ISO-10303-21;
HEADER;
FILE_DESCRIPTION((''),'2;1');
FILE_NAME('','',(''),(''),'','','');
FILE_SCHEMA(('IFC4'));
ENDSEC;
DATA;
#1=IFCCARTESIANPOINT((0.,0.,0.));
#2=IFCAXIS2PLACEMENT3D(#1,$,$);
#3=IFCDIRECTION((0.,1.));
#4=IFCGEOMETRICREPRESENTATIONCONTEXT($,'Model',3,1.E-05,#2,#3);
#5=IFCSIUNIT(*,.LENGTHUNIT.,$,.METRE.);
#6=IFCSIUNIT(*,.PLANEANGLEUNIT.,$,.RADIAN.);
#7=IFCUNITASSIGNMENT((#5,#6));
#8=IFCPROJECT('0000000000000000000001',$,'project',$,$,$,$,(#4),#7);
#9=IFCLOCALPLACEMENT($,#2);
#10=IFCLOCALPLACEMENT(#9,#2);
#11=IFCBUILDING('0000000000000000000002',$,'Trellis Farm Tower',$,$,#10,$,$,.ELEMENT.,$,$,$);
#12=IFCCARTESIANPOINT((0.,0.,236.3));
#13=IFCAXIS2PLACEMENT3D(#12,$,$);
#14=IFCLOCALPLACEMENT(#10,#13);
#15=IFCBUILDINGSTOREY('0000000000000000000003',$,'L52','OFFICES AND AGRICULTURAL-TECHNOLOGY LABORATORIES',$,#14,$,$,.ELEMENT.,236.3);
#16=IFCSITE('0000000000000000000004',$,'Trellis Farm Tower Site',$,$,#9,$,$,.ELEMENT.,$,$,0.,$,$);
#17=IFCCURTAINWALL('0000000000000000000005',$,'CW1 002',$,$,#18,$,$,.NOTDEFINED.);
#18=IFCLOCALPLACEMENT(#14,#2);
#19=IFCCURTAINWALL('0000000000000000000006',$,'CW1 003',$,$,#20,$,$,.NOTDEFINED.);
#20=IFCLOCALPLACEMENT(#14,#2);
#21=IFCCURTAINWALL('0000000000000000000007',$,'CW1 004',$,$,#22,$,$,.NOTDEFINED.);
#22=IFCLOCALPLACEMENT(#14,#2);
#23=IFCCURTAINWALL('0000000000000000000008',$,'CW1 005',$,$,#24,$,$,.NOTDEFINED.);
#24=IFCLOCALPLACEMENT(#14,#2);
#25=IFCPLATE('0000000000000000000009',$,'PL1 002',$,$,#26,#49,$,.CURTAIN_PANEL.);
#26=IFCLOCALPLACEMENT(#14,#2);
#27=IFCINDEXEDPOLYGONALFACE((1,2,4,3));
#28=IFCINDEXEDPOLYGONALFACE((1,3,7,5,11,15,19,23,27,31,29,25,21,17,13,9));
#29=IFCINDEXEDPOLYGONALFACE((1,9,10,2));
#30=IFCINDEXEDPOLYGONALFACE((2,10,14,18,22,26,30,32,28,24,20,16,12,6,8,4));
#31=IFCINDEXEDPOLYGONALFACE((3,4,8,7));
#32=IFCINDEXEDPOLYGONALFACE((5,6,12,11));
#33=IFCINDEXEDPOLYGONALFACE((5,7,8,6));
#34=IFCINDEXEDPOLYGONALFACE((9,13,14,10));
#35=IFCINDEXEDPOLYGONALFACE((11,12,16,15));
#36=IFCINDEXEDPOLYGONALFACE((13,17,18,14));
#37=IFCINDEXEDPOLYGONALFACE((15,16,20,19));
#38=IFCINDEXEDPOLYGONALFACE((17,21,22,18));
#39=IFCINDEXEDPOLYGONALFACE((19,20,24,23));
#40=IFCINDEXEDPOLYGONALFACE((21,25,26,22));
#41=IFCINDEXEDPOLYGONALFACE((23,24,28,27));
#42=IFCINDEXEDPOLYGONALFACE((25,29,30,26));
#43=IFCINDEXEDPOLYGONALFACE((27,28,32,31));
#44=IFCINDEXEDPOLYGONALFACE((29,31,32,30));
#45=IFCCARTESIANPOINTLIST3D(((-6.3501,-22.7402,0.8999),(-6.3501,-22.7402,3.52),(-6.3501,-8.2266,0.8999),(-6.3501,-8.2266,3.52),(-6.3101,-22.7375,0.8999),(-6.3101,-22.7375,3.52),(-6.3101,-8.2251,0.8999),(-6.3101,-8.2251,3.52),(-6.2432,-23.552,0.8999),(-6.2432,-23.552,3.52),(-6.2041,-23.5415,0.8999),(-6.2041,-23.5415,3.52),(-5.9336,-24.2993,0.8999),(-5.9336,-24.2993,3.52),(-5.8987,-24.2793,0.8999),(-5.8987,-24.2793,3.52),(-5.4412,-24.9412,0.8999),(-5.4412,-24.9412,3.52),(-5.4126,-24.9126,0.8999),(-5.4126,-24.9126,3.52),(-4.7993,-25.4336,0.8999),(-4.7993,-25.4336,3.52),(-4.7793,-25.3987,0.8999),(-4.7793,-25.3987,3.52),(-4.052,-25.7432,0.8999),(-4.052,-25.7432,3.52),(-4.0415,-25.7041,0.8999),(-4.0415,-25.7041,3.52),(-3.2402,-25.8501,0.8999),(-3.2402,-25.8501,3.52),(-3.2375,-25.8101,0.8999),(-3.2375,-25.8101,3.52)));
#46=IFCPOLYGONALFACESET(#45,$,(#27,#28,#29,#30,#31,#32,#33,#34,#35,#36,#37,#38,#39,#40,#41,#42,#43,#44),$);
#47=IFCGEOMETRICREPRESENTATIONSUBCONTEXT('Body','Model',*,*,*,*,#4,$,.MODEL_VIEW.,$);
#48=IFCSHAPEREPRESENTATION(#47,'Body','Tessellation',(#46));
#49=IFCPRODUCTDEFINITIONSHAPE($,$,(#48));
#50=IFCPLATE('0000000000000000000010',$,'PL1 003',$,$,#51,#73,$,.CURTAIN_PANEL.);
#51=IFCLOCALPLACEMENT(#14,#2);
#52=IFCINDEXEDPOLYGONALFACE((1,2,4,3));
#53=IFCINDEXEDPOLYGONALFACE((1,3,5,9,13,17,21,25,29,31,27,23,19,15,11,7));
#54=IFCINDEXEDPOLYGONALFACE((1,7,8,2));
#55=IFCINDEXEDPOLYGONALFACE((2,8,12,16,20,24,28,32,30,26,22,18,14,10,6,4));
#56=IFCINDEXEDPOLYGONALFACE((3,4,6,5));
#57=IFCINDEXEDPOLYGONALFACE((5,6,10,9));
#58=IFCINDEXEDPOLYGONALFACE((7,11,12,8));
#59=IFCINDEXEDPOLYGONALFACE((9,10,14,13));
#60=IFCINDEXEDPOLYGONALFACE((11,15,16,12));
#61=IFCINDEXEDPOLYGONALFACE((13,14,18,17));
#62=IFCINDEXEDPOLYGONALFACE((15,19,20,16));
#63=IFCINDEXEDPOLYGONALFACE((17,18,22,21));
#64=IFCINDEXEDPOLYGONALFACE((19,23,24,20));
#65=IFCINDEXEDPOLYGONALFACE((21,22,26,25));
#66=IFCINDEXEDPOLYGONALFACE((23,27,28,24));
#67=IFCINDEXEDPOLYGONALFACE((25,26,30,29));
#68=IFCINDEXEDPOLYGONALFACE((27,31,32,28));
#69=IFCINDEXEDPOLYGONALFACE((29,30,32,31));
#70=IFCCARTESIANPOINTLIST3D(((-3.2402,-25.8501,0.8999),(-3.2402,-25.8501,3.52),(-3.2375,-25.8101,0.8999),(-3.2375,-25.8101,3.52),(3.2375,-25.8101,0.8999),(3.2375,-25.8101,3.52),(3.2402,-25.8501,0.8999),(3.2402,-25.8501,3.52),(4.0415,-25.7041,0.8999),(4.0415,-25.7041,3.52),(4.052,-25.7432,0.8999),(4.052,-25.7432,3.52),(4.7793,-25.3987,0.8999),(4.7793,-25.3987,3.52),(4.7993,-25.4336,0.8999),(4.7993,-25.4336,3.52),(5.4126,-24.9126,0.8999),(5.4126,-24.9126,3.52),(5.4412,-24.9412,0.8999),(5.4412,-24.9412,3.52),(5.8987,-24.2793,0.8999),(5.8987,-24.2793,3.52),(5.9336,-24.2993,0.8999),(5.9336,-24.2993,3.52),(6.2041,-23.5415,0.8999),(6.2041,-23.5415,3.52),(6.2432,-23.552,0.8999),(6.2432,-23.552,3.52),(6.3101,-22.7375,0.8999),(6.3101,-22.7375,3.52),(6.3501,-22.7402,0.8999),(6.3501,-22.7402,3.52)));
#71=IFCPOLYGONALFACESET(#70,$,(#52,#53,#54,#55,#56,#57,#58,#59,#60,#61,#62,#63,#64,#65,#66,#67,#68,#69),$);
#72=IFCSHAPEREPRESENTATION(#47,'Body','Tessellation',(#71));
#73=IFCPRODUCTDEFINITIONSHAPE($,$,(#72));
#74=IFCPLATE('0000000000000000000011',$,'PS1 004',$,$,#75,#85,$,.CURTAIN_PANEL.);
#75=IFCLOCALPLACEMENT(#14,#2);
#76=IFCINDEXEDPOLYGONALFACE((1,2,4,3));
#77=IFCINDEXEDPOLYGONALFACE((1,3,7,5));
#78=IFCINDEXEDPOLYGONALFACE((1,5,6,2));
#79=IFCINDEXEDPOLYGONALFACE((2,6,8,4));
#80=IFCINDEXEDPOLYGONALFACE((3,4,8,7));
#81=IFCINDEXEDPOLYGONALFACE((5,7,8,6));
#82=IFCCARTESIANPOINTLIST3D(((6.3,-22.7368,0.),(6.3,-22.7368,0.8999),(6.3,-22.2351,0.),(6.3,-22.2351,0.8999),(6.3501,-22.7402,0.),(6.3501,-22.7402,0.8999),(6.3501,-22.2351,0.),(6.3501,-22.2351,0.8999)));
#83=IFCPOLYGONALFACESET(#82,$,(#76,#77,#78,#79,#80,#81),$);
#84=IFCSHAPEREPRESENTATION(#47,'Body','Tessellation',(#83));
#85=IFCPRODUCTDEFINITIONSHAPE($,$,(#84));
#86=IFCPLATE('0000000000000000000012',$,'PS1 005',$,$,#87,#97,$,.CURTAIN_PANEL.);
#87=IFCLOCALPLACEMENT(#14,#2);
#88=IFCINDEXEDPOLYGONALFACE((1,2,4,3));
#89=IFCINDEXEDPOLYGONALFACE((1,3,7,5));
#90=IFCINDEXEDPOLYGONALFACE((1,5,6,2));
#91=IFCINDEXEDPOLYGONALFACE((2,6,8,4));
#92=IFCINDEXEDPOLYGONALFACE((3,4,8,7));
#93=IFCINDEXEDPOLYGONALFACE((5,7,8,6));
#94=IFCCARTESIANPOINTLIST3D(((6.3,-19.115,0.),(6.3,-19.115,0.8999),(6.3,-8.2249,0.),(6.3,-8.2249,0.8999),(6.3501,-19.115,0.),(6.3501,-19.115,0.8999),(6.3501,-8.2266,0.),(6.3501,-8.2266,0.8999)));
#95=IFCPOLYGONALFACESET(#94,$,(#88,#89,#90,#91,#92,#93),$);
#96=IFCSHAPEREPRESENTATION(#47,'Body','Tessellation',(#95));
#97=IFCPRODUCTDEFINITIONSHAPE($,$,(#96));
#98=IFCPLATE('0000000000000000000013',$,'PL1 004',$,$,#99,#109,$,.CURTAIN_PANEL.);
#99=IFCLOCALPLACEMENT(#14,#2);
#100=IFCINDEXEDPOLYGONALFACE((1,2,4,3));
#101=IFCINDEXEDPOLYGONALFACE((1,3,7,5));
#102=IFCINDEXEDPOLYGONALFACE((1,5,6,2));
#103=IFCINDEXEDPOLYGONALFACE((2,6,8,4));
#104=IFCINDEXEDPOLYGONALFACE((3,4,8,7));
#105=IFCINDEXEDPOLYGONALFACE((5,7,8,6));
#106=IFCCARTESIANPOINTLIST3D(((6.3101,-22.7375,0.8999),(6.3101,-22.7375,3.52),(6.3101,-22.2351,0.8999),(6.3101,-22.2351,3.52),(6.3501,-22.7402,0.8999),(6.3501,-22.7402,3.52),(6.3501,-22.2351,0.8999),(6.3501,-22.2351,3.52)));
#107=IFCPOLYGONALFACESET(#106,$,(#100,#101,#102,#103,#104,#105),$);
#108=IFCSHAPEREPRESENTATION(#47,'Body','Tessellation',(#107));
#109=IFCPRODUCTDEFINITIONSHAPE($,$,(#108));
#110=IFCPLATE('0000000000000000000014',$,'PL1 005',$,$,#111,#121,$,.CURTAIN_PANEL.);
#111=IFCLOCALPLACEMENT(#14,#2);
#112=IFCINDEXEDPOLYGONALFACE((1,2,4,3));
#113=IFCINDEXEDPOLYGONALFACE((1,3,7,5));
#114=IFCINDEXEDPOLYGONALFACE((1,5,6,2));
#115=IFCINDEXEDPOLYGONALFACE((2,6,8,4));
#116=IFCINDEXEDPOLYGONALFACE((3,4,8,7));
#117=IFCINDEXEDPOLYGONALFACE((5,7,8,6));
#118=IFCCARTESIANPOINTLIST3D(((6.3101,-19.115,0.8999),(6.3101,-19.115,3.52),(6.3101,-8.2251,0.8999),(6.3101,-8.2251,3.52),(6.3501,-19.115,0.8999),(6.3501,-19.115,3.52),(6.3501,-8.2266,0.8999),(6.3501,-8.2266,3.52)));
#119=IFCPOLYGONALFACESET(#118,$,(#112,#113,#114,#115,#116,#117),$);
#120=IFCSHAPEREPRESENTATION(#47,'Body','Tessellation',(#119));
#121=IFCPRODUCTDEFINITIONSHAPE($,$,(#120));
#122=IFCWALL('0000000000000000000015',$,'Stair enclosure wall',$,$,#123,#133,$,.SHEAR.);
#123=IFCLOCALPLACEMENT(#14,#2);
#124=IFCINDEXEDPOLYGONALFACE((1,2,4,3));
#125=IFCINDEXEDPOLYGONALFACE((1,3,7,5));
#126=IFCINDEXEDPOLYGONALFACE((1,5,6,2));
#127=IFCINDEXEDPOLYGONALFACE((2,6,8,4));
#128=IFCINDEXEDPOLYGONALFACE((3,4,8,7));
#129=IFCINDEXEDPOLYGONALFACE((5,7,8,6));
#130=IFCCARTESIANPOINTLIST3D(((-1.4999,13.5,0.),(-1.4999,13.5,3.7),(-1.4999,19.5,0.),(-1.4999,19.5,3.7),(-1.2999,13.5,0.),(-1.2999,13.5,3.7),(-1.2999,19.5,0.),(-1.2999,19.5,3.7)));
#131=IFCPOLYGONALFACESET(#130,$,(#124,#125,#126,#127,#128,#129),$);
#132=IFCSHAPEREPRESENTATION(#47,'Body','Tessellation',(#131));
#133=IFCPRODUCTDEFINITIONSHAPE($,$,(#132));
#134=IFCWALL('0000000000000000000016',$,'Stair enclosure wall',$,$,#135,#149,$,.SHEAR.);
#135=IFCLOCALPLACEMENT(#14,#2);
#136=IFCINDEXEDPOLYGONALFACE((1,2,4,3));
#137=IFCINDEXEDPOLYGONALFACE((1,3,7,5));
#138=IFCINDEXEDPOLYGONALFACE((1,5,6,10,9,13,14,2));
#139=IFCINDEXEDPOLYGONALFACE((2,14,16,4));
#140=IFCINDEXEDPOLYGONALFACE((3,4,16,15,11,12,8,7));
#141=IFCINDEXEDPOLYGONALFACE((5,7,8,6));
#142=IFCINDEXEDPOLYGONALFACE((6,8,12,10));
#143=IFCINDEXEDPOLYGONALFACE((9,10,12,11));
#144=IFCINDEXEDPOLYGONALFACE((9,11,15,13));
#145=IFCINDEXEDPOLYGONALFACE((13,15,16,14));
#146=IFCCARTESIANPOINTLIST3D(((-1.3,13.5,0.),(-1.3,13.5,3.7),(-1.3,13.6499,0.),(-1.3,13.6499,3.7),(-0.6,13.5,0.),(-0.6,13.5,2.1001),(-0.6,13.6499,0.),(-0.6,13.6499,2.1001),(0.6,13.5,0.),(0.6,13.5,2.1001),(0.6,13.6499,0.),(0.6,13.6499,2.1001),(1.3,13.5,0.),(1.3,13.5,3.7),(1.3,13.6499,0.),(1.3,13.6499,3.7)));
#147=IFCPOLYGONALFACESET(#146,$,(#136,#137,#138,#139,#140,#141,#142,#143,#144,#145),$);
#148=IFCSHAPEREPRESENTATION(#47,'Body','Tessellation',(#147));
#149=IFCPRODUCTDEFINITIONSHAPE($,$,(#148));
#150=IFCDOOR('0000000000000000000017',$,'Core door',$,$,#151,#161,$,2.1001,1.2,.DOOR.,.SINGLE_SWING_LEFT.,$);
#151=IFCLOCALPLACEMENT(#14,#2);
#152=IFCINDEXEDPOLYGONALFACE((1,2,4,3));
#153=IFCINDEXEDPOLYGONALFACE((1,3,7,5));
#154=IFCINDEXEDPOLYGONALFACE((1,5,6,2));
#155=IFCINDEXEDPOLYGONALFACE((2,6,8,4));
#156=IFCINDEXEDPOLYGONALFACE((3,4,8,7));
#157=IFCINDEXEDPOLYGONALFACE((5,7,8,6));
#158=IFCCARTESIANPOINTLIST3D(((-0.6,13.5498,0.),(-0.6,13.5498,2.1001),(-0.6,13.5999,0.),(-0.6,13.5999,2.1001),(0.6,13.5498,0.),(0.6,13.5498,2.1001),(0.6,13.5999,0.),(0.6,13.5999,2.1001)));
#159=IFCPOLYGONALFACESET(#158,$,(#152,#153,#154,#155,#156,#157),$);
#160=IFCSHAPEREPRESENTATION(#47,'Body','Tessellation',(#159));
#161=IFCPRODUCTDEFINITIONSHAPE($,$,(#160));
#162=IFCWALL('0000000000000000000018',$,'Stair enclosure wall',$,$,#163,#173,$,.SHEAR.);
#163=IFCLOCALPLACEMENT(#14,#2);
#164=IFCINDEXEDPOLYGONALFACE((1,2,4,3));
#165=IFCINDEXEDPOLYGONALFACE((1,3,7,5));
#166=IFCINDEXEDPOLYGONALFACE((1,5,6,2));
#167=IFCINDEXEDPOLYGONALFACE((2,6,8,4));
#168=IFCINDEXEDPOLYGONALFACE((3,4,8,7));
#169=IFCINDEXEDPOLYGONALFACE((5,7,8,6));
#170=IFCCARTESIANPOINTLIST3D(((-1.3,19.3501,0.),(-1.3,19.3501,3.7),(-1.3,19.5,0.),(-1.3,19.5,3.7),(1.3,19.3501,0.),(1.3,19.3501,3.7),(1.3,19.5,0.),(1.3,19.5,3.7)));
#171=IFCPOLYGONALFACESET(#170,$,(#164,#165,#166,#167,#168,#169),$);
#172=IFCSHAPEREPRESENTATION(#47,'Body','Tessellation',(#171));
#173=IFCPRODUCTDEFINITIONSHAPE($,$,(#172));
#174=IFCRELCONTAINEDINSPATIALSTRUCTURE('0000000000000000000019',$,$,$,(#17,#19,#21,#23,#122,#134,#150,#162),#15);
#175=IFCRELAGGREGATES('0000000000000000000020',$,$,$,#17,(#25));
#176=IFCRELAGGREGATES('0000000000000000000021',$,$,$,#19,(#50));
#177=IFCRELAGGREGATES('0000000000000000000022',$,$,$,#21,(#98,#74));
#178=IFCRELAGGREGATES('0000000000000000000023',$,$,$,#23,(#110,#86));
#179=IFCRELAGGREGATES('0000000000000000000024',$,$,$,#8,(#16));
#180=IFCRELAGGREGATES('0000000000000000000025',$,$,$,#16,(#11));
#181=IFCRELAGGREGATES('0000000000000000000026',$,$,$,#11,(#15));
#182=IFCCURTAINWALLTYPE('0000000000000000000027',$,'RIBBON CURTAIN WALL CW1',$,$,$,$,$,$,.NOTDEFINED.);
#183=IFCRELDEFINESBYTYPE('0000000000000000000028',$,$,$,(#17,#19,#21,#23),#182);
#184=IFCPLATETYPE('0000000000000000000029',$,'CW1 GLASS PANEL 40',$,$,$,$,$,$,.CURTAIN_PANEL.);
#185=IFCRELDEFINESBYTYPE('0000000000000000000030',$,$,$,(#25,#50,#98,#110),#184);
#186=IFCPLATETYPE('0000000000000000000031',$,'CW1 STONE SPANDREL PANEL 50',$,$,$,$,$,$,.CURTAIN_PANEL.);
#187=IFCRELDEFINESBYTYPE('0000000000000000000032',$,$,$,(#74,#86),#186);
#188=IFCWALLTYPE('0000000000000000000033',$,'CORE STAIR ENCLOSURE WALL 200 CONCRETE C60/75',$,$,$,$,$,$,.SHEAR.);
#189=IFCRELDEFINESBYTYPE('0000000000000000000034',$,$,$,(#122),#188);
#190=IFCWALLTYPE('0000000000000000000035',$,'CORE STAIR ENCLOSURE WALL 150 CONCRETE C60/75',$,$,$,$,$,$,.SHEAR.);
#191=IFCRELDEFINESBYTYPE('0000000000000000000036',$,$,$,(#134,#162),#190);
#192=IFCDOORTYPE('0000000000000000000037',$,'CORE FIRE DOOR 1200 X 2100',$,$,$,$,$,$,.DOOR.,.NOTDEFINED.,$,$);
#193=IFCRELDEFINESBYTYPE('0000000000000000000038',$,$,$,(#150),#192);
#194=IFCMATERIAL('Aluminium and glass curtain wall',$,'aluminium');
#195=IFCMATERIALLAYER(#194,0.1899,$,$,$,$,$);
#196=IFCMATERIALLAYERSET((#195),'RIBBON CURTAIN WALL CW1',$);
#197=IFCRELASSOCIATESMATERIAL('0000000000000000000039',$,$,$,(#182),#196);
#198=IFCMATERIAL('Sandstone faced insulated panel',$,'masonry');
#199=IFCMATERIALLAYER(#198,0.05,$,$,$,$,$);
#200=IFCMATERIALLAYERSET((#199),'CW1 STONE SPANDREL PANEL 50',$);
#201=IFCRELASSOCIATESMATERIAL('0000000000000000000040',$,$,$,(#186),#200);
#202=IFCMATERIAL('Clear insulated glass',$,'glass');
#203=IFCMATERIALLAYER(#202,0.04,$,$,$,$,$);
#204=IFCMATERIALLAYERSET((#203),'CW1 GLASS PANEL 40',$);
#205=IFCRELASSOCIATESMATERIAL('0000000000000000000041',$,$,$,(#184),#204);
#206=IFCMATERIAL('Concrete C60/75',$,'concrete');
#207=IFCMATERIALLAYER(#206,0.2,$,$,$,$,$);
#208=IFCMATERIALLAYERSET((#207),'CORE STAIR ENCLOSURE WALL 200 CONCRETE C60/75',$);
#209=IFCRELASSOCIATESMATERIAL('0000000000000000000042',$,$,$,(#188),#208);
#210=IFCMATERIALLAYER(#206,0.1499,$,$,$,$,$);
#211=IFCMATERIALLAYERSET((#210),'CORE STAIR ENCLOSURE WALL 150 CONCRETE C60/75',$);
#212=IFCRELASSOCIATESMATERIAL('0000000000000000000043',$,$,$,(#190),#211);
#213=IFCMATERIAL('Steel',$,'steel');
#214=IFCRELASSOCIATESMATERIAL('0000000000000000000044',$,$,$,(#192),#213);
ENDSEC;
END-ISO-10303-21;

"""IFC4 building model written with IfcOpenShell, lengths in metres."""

from ifc_helpers import new_model, si_unit, direction, frame, frame_2d, origin, place, context, subcontext, project, spatial, polyline, rectangle, outline, extrude, source, transform, mapped, material, layer, layer_set, type_object, element, fill, aggregate, save


model = new_model("IFC4")

# Units and contexts
model_context = context("Model", 3, precision=1e-05, world=origin(), true_north=direction((0.0, 1.0)))
body_context = subcontext(model_context, "Body", "Model", "MODEL_VIEW")
ifc_project = project(units=[si_unit("LENGTHUNIT", "METRE"), si_unit("PLANEANGLEUNIT", "RADIAN")], contexts=[model_context])

# Site, building, storey
site_placement = place(None, origin())
site = spatial("IfcSite", under=ifc_project, at=site_placement, Name="Trellis Farm Tower Site", CompositionType="ELEMENT", RefElevation=0.0)
building_placement = place(site_placement, origin())
building = spatial("IfcBuilding", under=site, at=building_placement, Name="Trellis Farm Tower", CompositionType="ELEMENT")
storey_placement = place(building_placement, frame((0.0, 0.0, 236.3)))
storey = spatial("IfcBuildingStorey", under=building, at=storey_placement, Name="L52", Description="OFFICES AND AGRICULTURAL-TECHNOLOGY LABORATORIES", CompositionType="ELEMENT", Elevation=236.3)

# Shared definitions
ifc_material_1 = material(Name="Concrete C60/75", Category="concrete")

# Curtain walls
ifc_material_2 = material(Name="Aluminium and glass curtain wall", Category="aluminium")
placement_1 = place(storey_placement, origin())
ifc_layer_1 = layer(ifc_material_2, 0.1899)
ifc_layer_set_1 = layer_set([ifc_layer_1], Name="RIBBON CURTAIN WALL CW1")
curtain_wall_type_1 = type_object("IfcCurtainWallType", Name="RIBBON CURTAIN WALL CW1", PredefinedType="NOTDEFINED", material=ifc_layer_set_1)
curtain_wall_1 = element("IfcCurtainWall", 1, at=placement_1, inside=storey, type_object=curtain_wall_type_1, Name="CW1 002", PredefinedType="NOTDEFINED")
curtain_wall_2 = element("IfcCurtainWall", 2, at=placement_1, inside=storey, type_object=curtain_wall_type_1, Name="CW1 003", PredefinedType="NOTDEFINED")
curtain_wall_3 = element("IfcCurtainWall", 3, at=placement_1, inside=storey, type_object=curtain_wall_type_1, Name="CW1 004", PredefinedType="NOTDEFINED")
curtain_wall_4 = element("IfcCurtainWall", 4, at=placement_1, inside=storey, type_object=curtain_wall_type_1, Name="CW1 005", PredefinedType="NOTDEFINED")

# Plates
ifc_material_3 = material(Name="Sandstone faced insulated panel", Category="masonry")
ifc_layer_2 = layer(ifc_material_3, 0.05)
ifc_layer_set_2 = layer_set([ifc_layer_2], Name="CW1 STONE SPANDREL PANEL 50")
plate_type_1 = type_object("IfcPlateType", Name="CW1 STONE SPANDREL PANEL 50", PredefinedType="CURTAIN_PANEL", material=ifc_layer_set_2)
ifc_material_4 = material(Name="Clear insulated glass", Category="glass")
ifc_layer_3 = layer(ifc_material_4, 0.04)
ifc_layer_set_3 = layer_set([ifc_layer_3], Name="CW1 GLASS PANEL 40")
plate_type_2 = type_object("IfcPlateType", Name="CW1 GLASS PANEL 40", PredefinedType="CURTAIN_PANEL", material=ifc_layer_set_3)
placement_2 = place(storey_placement, frame((0.0, 0.0, 0.8999)))
shared_shape_1 = source(origin(), body_context, "Body", "SweptSolid", [
    extrude(outline(polyline([(-6.3501, -8.2266), (-6.3501, -22.7402), (-6.2432, -23.552), (-5.9336, -24.2993), (-5.4412, -24.9412), (-4.7993, -25.4336), (-4.052, -25.7432), (-3.2402, -25.8501), (-3.2375, -25.8101), (-4.0415, -25.7041), (-4.7793, -25.3987), (-5.4126, -24.9126), (-5.8987, -24.2793), (-6.2041, -23.5415), (-6.3101, -22.7375), (-6.3101, -8.2251), (-6.3501, -8.2266)])), origin(), (0.0, 0.0, 1.0), 2.6201),
])
plate_1 = element("IfcPlate", 5, at=placement_2, type_object=plate_type_2, Name="PL1 002", PredefinedType="CURTAIN_PANEL", context=body_context, shape_type="MappedRepresentation", body=[
    mapped(shared_shape_1, transform((0.0, 0.0, 0.0))),
])
aggregate(curtain_wall_1, [plate_1])
shared_shape_2 = source(origin(), body_context, "Body", "SweptSolid", [
    extrude(outline(polyline([(-3.2402, -25.8501), (3.2402, -25.8501), (4.052, -25.7432), (4.7993, -25.4336), (5.4412, -24.9412), (5.9336, -24.2993), (6.2432, -23.552), (6.3501, -22.7402), (6.3101, -22.7375), (6.2041, -23.5415), (5.8987, -24.2793), (5.4126, -24.9126), (4.7793, -25.3987), (4.0415, -25.7041), (3.2375, -25.8101), (-3.2375, -25.8101), (-3.2402, -25.8501)])), origin(), (0.0, 0.0, 1.0), 2.6201),
])
plate_2 = element("IfcPlate", 6, at=placement_2, type_object=plate_type_2, Name="PL1 003", PredefinedType="CURTAIN_PANEL", context=body_context, shape_type="MappedRepresentation", body=[
    mapped(shared_shape_2, transform((0.0, 0.0, 0.0))),
])
aggregate(curtain_wall_2, [plate_2])
shared_shape_3 = source(origin(), body_context, "Body", "SweptSolid", [
    extrude(outline(polyline([(6.3501, -22.7402), (6.3501, -22.2351), (6.3, -22.2351), (6.3, -22.7368), (6.3501, -22.7402)])), origin(), (0.0, 0.0, 1.0), 0.8999),
])
plate_3 = element("IfcPlate", 7, at=placement_1, type_object=plate_type_1, Name="PS1 004", PredefinedType="CURTAIN_PANEL", context=body_context, shape_type="MappedRepresentation", body=[
    mapped(shared_shape_3, transform((0.0, 0.0, 0.0))),
])
shared_shape_4 = source(origin(), body_context, "Body", "SweptSolid", [
    extrude(outline(polyline([(6.3501, -19.115), (6.3501, -8.2266), (6.3, -8.2249), (6.3, -19.115), (6.3501, -19.115)])), origin(), (0.0, 0.0, 1.0), 0.8999),
])
plate_4 = element("IfcPlate", 8, at=placement_1, type_object=plate_type_1, Name="PS1 005", PredefinedType="CURTAIN_PANEL", context=body_context, shape_type="MappedRepresentation", body=[
    mapped(shared_shape_4, transform((0.0, 0.0, 0.0))),
])
shared_shape_5 = source(origin(), body_context, "Body", "SweptSolid", [
    extrude(outline(polyline([(6.3501, -22.7402), (6.3501, -22.2351), (6.3101, -22.2351), (6.3101, -22.7375), (6.3501, -22.7402)])), origin(), (0.0, 0.0, 1.0), 2.6201),
])
plate_5 = element("IfcPlate", 9, at=placement_2, type_object=plate_type_2, Name="PL1 004", PredefinedType="CURTAIN_PANEL", context=body_context, shape_type="MappedRepresentation", body=[
    mapped(shared_shape_5, transform((0.0, 0.0, 0.0))),
])
aggregate(curtain_wall_3, [plate_5, plate_3])
shared_shape_6 = source(origin(), body_context, "Body", "SweptSolid", [
    extrude(outline(polyline([(6.3501, -19.115), (6.3501, -8.2266), (6.3101, -8.2251), (6.3101, -19.115), (6.3501, -19.115)])), origin(), (0.0, 0.0, 1.0), 2.6201),
])
plate_6 = element("IfcPlate", 10, at=placement_2, type_object=plate_type_2, Name="PL1 005", PredefinedType="CURTAIN_PANEL", context=body_context, shape_type="MappedRepresentation", body=[
    mapped(shared_shape_6, transform((0.0, 0.0, 0.0))),
])
aggregate(curtain_wall_4, [plate_6, plate_4])

# Wall
ifc_layer_4 = layer(ifc_material_1, 0.2)
ifc_layer_set_4 = layer_set([ifc_layer_4], Name="CORE STAIR ENCLOSURE WALL 200 CONCRETE C60/75")
wall_type_1 = type_object("IfcWallType", Name="CORE STAIR ENCLOSURE WALL 200 CONCRETE C60/75", PredefinedType="SHEAR", material=ifc_layer_set_4)
shared_shape_7 = source(origin(), body_context, "Body", "SweptSolid", [
    extrude(rectangle(XDim=6.0, YDim=0.2, at=frame_2d((3.0, 0.0))), origin(), (0.0, 0.0, 1.0), 3.7),
])
wall_1_placement = place(storey_placement, frame((-1.3999, 13.5, 0.0), z_axis=(0.0, 0.0, 1.0), x_axis=(0.0, 1.0, 0.0)))
element("IfcWall", 11, at=wall_1_placement, inside=storey, type_object=wall_type_1, Name="Stair enclosure wall", PredefinedType="SHEAR", context=body_context, shape_type="MappedRepresentation", body=[
    mapped(shared_shape_7, transform((0.0, 0.0, 0.0))),
])

# Wall, opening, door
ifc_layer_5 = layer(ifc_material_1, 0.1499)
ifc_layer_set_5 = layer_set([ifc_layer_5], Name="CORE STAIR ENCLOSURE WALL 150 CONCRETE C60/75")
wall_type_2 = type_object("IfcWallType", Name="CORE STAIR ENCLOSURE WALL 150 CONCRETE C60/75", PredefinedType="SHEAR", material=ifc_layer_set_5)
shared_shape_8 = source(origin(), body_context, "Body", "SweptSolid", [
    extrude(rectangle(XDim=2.6001, YDim=0.1499, at=frame_2d((1.3, 0.0))), origin(), (0.0, 0.0, 1.0), 3.7),
])
wall_2_placement = place(storey_placement, frame((-1.3, 13.575, 0.0), z_axis=(0.0, 0.0, 1.0), x_axis=(1.0, 0.0, 0.0)))
wall_2 = element("IfcWall", 12, at=wall_2_placement, inside=storey, type_object=wall_type_2, Name="Stair enclosure wall", PredefinedType="SHEAR", context=body_context, shape_type="MappedRepresentation", body=[
    mapped(shared_shape_8, transform((0.0, 0.0, 0.0))),
])
shared_shape_9 = source(origin(), body_context, "Body", "SweptSolid", [
    extrude(rectangle(XDim=1.2, YDim=2.1001, at=frame_2d((0.6001, 1.05))), frame((0.0, 0.085, 0.0), z_axis=(0.0, -1.0, 0.0), x_axis=(1.0, 0.0, 0.0)), (0.0, 0.0, 1.0), 0.1699),
])
opening_1_placement = place(wall_2_placement, frame((0.7, 0.0, 0.0)))
opening_1 = element("IfcOpeningElement", 13, at=opening_1_placement, cuts=wall_2, PredefinedType="OPENING", context=body_context, shape_type="MappedRepresentation", body=[
    mapped(shared_shape_9, transform((0.0, 0.0, 0.0))),
])
ifc_material_5 = material(Name="Steel", Category="steel")
door_type_1 = type_object("IfcDoorType", Name="CORE FIRE DOOR 1200 X 2100", OperationType="NOTDEFINED", PredefinedType="DOOR", material=ifc_material_5)
shared_shape_10 = source(origin(), body_context, "Body", "SweptSolid", [
    extrude(rectangle(XDim=1.2, YDim=2.1001, at=frame_2d((0.6001, 1.05))), frame((0.0, 0.0249, 0.0), z_axis=(0.0, -1.0, 0.0), x_axis=(1.0, 0.0, 0.0)), (0.0, 0.0, 1.0), 0.05),
])
door_1_placement = place(opening_1_placement, origin())
door_1 = element("IfcDoor", 14, at=door_1_placement, inside=storey, type_object=door_type_1, Name="Core door", OperationType="SINGLE_SWING_LEFT", OverallHeight=2.1001, OverallWidth=1.2, PredefinedType="DOOR", context=body_context, shape_type="MappedRepresentation", body=[
    mapped(shared_shape_10, transform((0.0, 0.0, 0.0))),
])
fill(opening_1, door_1)

# Wall
wall_3_placement = place(storey_placement, frame((-1.3, 19.425, 0.0), z_axis=(0.0, 0.0, 1.0), x_axis=(1.0, 0.0, 0.0)))
element("IfcWall", 15, at=wall_3_placement, inside=storey, type_object=wall_type_2, Name="Stair enclosure wall", PredefinedType="SHEAR", context=body_context, shape_type="MappedRepresentation", body=[
    mapped(shared_shape_8, transform((0.0, 0.0, 0.0))),
])

save(model, "model.ifc")
